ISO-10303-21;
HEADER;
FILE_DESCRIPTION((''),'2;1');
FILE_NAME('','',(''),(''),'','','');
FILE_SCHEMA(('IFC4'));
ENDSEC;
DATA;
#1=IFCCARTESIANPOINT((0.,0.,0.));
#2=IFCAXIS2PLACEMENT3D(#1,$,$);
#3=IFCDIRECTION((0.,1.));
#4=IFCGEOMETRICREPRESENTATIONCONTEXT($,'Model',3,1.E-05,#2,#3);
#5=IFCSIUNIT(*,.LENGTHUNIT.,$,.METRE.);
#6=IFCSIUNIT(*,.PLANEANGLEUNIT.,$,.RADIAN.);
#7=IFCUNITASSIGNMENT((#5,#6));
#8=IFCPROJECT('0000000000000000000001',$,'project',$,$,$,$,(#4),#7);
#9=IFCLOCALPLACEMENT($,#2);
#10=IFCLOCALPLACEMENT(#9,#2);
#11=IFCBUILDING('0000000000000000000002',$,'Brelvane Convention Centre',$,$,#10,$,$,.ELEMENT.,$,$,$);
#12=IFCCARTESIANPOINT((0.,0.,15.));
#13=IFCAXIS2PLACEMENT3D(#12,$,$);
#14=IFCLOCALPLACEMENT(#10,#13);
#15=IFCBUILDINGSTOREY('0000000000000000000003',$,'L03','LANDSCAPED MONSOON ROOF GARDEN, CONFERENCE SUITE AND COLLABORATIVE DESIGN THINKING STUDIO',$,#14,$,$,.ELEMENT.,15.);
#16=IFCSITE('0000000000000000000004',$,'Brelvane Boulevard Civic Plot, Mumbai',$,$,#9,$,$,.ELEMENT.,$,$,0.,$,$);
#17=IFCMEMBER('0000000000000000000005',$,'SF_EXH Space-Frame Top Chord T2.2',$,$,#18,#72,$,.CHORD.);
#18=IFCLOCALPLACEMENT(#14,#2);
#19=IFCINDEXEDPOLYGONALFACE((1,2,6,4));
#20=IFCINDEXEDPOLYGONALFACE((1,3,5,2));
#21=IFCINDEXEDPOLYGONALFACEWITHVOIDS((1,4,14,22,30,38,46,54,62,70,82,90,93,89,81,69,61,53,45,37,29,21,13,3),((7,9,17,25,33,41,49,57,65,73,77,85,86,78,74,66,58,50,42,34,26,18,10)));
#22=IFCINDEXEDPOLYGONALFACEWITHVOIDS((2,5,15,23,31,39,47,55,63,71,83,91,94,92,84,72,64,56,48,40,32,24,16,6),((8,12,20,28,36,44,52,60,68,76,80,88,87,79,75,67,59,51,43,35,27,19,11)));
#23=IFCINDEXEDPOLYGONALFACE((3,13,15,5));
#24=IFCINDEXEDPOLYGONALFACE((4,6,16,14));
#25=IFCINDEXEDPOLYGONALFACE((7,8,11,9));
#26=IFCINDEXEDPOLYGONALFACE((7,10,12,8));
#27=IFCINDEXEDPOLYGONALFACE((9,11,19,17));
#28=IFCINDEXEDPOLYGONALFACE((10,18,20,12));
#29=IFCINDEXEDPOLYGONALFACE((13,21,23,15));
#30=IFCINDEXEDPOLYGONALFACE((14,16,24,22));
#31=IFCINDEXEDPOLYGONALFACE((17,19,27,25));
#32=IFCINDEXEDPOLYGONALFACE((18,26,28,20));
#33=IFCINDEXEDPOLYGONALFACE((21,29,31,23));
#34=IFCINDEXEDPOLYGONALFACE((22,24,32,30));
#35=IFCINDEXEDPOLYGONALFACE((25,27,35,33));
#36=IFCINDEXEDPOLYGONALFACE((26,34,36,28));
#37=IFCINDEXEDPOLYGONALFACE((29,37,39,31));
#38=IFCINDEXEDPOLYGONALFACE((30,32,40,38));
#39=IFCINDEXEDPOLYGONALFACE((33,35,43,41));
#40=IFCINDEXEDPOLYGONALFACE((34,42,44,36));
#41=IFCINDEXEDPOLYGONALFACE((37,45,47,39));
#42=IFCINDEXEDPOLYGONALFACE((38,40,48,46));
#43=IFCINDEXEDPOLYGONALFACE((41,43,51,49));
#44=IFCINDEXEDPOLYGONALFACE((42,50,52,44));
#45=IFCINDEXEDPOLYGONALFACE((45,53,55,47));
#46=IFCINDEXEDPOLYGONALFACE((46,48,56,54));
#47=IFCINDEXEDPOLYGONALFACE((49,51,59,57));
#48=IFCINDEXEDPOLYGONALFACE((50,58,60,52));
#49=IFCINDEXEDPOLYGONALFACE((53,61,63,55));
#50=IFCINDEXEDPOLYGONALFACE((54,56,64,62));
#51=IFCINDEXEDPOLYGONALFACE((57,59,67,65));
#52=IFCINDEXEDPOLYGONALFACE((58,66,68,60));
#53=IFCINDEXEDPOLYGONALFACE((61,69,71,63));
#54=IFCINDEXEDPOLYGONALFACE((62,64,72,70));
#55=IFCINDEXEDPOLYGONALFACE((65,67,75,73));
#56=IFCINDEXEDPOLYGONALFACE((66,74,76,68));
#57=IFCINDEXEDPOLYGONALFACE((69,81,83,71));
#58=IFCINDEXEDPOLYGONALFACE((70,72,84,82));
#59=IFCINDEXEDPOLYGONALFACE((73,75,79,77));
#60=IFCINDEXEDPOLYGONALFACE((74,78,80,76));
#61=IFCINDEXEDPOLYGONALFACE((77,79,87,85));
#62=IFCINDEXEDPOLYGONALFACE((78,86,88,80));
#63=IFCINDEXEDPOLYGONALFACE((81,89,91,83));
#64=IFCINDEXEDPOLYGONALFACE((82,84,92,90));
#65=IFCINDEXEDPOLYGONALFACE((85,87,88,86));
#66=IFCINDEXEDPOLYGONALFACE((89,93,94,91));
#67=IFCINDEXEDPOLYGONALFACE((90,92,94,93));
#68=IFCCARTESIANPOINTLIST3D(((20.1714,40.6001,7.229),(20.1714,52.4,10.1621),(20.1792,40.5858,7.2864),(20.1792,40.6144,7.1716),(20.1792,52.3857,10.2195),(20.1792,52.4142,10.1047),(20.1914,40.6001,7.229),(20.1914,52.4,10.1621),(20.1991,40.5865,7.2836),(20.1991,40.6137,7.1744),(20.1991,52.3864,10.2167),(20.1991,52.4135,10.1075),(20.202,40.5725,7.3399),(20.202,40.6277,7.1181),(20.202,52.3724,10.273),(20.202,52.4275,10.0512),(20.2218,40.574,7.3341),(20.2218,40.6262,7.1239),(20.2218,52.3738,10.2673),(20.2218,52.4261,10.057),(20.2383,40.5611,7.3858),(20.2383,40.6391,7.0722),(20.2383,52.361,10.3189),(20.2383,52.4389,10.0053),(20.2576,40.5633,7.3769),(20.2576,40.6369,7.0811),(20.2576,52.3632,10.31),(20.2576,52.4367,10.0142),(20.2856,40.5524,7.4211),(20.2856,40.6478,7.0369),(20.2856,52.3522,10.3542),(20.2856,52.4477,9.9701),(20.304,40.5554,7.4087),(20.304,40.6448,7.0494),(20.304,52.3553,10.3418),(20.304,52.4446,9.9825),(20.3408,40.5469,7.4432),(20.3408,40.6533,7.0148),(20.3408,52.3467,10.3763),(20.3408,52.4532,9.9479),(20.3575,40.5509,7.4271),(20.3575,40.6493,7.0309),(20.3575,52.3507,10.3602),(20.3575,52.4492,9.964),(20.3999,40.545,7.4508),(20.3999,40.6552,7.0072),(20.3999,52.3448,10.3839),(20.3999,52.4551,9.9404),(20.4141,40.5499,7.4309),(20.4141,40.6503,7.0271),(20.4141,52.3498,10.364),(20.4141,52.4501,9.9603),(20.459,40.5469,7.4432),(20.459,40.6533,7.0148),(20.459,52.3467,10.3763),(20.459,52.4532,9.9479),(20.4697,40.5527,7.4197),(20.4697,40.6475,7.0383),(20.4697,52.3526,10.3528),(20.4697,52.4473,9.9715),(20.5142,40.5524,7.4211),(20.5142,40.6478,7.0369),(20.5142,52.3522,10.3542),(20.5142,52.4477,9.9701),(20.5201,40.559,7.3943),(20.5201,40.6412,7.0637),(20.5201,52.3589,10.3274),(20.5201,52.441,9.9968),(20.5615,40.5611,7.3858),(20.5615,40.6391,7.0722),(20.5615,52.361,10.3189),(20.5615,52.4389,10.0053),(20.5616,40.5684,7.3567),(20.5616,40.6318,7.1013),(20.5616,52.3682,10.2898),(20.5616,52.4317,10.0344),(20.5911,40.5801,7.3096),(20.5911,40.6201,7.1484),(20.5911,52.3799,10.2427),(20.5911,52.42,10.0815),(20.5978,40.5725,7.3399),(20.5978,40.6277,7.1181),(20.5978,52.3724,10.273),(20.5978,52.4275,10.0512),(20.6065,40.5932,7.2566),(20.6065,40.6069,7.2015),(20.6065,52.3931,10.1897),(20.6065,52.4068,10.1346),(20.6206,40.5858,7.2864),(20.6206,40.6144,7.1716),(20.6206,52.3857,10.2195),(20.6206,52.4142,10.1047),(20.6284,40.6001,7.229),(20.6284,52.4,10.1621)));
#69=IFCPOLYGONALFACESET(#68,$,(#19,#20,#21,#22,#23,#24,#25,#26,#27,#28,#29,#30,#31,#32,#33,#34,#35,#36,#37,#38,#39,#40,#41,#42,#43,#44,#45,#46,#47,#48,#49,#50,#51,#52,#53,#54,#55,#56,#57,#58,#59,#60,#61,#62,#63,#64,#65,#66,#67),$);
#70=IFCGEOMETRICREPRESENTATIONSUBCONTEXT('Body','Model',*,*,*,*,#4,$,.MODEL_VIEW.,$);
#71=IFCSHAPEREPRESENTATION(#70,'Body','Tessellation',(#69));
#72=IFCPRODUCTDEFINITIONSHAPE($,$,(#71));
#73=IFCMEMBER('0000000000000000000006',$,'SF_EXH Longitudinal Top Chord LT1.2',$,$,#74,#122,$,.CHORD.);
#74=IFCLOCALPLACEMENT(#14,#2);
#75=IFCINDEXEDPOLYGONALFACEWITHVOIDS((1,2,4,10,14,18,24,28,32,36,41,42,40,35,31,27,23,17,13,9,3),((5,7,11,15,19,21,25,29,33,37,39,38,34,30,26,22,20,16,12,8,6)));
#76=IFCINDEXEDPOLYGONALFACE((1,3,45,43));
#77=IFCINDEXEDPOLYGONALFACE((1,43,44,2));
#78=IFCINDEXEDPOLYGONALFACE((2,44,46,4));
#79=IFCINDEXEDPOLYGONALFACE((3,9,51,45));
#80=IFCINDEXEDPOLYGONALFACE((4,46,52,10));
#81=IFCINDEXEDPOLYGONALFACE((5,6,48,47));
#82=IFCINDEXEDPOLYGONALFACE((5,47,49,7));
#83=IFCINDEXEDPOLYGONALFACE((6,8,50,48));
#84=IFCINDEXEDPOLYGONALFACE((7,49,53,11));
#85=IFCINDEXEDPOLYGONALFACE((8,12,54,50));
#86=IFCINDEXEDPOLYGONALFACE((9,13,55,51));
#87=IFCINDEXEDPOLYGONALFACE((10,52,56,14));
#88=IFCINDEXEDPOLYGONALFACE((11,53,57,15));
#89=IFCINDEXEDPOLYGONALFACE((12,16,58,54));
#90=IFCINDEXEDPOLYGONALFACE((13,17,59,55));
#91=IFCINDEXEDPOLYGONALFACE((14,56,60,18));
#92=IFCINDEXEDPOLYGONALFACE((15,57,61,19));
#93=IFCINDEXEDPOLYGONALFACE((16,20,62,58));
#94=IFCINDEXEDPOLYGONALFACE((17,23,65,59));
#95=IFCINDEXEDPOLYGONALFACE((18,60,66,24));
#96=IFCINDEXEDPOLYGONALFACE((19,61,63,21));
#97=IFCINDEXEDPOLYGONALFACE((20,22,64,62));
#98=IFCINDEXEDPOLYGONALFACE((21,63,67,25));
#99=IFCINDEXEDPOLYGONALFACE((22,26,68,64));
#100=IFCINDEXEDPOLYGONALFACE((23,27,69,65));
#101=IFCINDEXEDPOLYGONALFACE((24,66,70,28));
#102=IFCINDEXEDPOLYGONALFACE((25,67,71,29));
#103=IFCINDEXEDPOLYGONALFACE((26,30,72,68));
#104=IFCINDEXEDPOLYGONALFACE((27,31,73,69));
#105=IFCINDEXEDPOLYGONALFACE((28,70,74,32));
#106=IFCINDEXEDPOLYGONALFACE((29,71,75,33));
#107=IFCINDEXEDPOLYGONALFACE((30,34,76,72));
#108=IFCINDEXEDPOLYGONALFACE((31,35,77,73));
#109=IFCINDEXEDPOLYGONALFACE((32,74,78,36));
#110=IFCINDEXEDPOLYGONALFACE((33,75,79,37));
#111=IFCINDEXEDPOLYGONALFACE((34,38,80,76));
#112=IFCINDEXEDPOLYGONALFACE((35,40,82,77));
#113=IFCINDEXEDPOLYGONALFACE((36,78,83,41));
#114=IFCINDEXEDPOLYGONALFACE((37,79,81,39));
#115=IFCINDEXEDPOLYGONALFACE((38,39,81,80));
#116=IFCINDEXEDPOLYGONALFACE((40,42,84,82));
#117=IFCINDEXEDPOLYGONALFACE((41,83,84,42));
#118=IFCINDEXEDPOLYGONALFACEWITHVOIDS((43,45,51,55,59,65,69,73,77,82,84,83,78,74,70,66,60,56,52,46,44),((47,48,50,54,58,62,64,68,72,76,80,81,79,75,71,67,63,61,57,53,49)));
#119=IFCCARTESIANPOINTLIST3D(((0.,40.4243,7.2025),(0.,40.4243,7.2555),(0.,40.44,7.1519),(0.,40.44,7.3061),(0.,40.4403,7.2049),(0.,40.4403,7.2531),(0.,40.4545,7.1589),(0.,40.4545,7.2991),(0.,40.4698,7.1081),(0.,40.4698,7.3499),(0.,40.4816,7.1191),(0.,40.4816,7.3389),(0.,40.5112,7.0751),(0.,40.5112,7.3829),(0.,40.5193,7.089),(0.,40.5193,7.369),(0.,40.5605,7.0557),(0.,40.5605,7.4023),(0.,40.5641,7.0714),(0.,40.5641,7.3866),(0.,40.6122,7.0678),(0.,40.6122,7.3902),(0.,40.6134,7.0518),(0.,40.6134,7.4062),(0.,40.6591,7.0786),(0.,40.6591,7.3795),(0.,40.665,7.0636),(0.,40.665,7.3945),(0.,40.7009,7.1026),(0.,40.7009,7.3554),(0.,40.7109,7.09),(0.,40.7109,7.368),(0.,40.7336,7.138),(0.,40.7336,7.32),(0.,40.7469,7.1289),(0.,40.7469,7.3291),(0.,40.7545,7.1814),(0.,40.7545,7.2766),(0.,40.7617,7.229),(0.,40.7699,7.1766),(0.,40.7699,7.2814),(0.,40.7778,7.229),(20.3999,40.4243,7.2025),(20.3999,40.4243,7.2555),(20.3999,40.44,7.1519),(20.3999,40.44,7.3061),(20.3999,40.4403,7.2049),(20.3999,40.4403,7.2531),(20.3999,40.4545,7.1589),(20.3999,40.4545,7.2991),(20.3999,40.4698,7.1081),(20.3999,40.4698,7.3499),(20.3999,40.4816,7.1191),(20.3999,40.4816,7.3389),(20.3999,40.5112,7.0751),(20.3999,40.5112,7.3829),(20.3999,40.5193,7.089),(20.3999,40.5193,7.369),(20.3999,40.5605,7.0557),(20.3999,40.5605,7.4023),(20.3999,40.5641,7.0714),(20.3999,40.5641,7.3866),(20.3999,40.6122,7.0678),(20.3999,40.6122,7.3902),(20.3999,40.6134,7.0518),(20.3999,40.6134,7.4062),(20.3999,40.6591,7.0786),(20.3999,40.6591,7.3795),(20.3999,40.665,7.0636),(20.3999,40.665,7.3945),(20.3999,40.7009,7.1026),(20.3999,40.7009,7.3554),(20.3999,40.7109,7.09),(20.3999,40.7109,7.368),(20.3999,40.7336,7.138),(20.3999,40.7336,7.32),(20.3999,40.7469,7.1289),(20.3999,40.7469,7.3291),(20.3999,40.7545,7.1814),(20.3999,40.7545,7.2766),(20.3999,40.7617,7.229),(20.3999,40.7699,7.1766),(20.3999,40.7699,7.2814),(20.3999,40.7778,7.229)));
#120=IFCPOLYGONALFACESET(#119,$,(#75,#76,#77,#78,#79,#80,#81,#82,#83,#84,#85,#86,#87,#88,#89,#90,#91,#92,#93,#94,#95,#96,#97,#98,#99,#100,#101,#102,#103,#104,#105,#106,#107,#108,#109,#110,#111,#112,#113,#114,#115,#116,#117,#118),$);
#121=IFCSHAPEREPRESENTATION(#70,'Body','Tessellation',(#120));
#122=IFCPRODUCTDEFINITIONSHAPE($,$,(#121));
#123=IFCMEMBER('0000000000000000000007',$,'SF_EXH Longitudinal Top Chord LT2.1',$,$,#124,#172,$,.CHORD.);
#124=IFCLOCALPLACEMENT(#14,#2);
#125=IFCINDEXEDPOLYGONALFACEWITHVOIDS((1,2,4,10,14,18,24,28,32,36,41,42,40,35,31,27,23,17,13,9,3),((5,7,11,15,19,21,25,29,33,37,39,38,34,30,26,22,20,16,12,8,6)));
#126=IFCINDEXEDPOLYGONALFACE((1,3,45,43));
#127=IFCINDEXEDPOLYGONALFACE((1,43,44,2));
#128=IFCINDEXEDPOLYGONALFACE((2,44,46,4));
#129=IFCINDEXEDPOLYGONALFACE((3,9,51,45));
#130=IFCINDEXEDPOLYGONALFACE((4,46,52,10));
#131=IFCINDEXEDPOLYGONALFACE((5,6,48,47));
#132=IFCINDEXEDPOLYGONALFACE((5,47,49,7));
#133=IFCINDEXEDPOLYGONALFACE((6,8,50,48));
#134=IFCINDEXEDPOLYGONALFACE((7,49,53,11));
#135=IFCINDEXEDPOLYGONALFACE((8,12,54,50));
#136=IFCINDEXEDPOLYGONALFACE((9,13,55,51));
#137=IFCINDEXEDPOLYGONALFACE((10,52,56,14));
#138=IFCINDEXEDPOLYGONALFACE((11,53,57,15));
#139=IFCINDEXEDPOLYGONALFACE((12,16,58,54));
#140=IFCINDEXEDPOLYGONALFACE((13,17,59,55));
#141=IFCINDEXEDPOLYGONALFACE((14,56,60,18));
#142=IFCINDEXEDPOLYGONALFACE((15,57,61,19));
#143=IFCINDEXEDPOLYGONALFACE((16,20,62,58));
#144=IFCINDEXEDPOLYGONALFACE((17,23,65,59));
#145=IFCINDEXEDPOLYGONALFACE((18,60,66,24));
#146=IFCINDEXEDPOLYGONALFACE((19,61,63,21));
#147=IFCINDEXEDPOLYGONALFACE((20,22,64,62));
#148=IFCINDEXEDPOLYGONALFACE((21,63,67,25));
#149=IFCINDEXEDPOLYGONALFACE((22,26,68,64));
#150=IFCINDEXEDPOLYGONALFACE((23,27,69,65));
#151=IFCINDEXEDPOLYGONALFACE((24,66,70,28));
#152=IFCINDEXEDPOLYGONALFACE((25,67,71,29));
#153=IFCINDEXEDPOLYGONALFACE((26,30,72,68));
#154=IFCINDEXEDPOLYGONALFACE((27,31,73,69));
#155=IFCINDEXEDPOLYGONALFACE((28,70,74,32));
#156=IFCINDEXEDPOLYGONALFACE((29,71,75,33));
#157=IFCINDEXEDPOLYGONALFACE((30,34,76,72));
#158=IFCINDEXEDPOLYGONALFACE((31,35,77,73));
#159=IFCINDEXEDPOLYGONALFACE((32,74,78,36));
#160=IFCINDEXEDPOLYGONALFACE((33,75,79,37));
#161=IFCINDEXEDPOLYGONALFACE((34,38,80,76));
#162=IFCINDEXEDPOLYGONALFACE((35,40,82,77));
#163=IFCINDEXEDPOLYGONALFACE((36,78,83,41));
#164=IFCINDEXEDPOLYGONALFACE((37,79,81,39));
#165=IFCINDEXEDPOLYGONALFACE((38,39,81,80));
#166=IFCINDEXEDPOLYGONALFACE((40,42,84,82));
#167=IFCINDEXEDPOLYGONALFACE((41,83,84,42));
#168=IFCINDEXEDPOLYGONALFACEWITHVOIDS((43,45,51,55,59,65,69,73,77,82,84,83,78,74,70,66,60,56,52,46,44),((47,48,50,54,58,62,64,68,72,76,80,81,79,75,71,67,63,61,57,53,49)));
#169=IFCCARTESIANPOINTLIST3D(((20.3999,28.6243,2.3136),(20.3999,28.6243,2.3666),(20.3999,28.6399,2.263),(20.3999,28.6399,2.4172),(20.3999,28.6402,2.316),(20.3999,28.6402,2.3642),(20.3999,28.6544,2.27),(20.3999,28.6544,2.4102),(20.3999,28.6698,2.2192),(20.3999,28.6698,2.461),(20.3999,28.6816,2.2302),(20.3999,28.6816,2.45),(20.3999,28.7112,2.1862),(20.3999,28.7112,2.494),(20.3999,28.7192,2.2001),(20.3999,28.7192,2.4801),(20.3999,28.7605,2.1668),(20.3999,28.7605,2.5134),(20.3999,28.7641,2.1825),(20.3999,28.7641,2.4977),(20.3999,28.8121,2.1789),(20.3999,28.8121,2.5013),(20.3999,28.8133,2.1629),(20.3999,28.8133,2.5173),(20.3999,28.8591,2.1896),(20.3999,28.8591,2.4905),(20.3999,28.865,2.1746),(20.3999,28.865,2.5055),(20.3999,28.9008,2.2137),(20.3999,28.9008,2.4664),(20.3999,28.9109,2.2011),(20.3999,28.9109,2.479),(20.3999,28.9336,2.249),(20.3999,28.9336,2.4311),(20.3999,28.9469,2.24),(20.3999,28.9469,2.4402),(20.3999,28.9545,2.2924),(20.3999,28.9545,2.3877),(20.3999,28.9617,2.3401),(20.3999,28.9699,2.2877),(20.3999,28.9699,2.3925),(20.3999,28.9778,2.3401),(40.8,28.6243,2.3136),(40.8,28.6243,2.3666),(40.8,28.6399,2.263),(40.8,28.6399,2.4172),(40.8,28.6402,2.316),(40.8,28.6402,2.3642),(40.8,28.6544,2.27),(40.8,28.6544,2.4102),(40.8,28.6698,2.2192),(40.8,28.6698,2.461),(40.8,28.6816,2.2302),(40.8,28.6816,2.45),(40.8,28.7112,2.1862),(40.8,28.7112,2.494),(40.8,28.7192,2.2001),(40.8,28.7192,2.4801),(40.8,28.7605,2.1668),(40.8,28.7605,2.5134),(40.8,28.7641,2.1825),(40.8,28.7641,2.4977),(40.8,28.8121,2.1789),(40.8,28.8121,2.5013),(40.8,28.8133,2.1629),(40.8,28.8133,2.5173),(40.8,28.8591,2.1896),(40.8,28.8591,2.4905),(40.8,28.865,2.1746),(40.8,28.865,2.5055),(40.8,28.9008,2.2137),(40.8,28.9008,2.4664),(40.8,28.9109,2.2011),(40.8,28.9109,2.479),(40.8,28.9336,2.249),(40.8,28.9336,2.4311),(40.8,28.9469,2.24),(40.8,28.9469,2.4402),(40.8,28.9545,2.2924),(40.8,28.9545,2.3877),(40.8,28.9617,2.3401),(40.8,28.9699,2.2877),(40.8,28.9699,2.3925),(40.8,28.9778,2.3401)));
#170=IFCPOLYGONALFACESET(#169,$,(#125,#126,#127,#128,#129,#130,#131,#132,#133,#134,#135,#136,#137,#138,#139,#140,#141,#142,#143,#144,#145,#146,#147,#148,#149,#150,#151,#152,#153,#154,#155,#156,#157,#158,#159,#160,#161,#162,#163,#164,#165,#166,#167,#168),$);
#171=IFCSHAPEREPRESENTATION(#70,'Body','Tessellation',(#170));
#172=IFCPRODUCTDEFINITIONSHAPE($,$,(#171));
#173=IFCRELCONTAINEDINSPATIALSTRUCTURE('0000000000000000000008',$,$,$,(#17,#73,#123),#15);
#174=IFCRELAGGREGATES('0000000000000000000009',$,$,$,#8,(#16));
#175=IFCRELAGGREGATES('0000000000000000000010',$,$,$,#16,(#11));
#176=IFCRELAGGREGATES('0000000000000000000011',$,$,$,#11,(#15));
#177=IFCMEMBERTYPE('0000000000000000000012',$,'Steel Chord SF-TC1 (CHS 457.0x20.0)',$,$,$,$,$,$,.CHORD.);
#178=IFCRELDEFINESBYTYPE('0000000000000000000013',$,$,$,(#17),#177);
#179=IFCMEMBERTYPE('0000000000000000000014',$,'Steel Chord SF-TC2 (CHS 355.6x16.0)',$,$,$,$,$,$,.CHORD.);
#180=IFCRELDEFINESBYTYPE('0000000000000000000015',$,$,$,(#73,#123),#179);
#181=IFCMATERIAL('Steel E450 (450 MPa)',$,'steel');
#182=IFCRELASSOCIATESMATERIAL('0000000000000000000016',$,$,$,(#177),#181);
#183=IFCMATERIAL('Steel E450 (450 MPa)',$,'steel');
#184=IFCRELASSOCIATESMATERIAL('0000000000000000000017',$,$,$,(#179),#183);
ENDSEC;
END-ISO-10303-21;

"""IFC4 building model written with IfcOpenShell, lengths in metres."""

from ifc_helpers import new_model, si_unit, direction, frame, origin, origin_2d, place, context, subcontext, project, spatial, hollow_circle, extrude, material, material_profile, profile_set, type_object, element, save


model = new_model("IFC4")

# Units and contexts
model_context = context("Model", 3, precision=1e-05, world=origin(), true_north=direction((0.0, 1.0)))
body_context = subcontext(model_context, "Body", "Model", "MODEL_VIEW")
ifc_project = project(units=[si_unit("LENGTHUNIT", "METRE"), si_unit("PLANEANGLEUNIT", "RADIAN")], contexts=[model_context])

# Site, building, storey
site_placement = place(None, origin())
site = spatial("IfcSite", under=ifc_project, at=site_placement, Name="Brelvane Boulevard Civic Plot, Mumbai", CompositionType="ELEMENT", RefElevation=0.0)
building_placement = place(site_placement, origin())
building = spatial("IfcBuilding", under=site, at=building_placement, Name="Brelvane Convention Centre", CompositionType="ELEMENT")
storey_placement = place(building_placement, frame((0.0, 0.0, 15.0)))
storey = spatial("IfcBuildingStorey", under=building, at=storey_placement, Name="L03", Description="LANDSCAPED MONSOON ROOF GARDEN, CONFERENCE SUITE AND COLLABORATIVE DESIGN THINKING STUDIO", CompositionType="ELEMENT", Elevation=15.0)

# Members
ifc_material_1 = material(Name="Steel E450 (450 MPa)", Category="steel")
ifc_material_profile_1 = material_profile(ifc_material_1, hollow_circle(Radius=0.2285, WallThickness=0.02, at=origin_2d()), Name="CHS 457.0x20.0")
ifc_profile_set_1 = profile_set([ifc_material_profile_1], Name="Steel E450 (450 MPa)")
member_type_1 = type_object("IfcMemberType", Name="Steel Chord SF-TC1 (CHS 457.0x20.0)", PredefinedType="CHORD", material=ifc_profile_set_1)
member_1_placement = place(storey_placement, frame((20.3999, 40.6001, 7.229), z_axis=(0.0, 0.970468, 0.241231), x_axis=(-1.0, 0.0, 0.0)))
element("IfcMember", 1, at=member_1_placement, inside=storey, type_object=member_type_1, Name="SF_EXH Space-Frame Top Chord T2.2", PredefinedType="CHORD", context=body_context, shape_type="SweptSolid", body=[
    extrude(hollow_circle(Radius=0.2285, WallThickness=0.02, at=origin_2d()), origin(), (0.0, 0.0, 1.0), 12.1589),
])
ifc_material_2 = material(Name="Steel E450 (450 MPa)", Category="steel")
ifc_material_profile_2 = material_profile(ifc_material_2, hollow_circle(Radius=0.1777, WallThickness=0.0161, at=origin_2d()), Name="CHS 355.6x16.0")
ifc_profile_set_2 = profile_set([ifc_material_profile_2], Name="Steel E450 (450 MPa)")
member_type_2 = type_object("IfcMemberType", Name="Steel Chord SF-TC2 (CHS 355.6x16.0)", PredefinedType="CHORD", material=ifc_profile_set_2)
member_2_placement = place(storey_placement, frame((0.0, 40.6001, 7.229), z_axis=(1.0, 0.0, 0.0), x_axis=(0.0, 1.0, 0.0)))
element("IfcMember", 2, at=member_2_placement, inside=storey, type_object=member_type_2, Name="SF_EXH Longitudinal Top Chord LT1.2", PredefinedType="CHORD", context=body_context, shape_type="SweptSolid", body=[
    extrude(hollow_circle(Radius=0.1777, WallThickness=0.0161, at=origin_2d()), origin(), (0.0, 0.0, 1.0), 20.3999),
])
member_3_placement = place(storey_placement, frame((20.3999, 28.8, 2.3401), z_axis=(1.0, 0.0, 0.0), x_axis=(0.0, 1.0, 0.0)))
element("IfcMember", 3, at=member_3_placement, inside=storey, type_object=member_type_2, Name="SF_EXH Longitudinal Top Chord LT2.1", PredefinedType="CHORD", context=body_context, shape_type="SweptSolid", body=[
    extrude(hollow_circle(Radius=0.1777, WallThickness=0.0161, at=origin_2d()), origin(), (0.0, 0.0, 1.0), 20.4001),
])

save(model, "model.ifc")
